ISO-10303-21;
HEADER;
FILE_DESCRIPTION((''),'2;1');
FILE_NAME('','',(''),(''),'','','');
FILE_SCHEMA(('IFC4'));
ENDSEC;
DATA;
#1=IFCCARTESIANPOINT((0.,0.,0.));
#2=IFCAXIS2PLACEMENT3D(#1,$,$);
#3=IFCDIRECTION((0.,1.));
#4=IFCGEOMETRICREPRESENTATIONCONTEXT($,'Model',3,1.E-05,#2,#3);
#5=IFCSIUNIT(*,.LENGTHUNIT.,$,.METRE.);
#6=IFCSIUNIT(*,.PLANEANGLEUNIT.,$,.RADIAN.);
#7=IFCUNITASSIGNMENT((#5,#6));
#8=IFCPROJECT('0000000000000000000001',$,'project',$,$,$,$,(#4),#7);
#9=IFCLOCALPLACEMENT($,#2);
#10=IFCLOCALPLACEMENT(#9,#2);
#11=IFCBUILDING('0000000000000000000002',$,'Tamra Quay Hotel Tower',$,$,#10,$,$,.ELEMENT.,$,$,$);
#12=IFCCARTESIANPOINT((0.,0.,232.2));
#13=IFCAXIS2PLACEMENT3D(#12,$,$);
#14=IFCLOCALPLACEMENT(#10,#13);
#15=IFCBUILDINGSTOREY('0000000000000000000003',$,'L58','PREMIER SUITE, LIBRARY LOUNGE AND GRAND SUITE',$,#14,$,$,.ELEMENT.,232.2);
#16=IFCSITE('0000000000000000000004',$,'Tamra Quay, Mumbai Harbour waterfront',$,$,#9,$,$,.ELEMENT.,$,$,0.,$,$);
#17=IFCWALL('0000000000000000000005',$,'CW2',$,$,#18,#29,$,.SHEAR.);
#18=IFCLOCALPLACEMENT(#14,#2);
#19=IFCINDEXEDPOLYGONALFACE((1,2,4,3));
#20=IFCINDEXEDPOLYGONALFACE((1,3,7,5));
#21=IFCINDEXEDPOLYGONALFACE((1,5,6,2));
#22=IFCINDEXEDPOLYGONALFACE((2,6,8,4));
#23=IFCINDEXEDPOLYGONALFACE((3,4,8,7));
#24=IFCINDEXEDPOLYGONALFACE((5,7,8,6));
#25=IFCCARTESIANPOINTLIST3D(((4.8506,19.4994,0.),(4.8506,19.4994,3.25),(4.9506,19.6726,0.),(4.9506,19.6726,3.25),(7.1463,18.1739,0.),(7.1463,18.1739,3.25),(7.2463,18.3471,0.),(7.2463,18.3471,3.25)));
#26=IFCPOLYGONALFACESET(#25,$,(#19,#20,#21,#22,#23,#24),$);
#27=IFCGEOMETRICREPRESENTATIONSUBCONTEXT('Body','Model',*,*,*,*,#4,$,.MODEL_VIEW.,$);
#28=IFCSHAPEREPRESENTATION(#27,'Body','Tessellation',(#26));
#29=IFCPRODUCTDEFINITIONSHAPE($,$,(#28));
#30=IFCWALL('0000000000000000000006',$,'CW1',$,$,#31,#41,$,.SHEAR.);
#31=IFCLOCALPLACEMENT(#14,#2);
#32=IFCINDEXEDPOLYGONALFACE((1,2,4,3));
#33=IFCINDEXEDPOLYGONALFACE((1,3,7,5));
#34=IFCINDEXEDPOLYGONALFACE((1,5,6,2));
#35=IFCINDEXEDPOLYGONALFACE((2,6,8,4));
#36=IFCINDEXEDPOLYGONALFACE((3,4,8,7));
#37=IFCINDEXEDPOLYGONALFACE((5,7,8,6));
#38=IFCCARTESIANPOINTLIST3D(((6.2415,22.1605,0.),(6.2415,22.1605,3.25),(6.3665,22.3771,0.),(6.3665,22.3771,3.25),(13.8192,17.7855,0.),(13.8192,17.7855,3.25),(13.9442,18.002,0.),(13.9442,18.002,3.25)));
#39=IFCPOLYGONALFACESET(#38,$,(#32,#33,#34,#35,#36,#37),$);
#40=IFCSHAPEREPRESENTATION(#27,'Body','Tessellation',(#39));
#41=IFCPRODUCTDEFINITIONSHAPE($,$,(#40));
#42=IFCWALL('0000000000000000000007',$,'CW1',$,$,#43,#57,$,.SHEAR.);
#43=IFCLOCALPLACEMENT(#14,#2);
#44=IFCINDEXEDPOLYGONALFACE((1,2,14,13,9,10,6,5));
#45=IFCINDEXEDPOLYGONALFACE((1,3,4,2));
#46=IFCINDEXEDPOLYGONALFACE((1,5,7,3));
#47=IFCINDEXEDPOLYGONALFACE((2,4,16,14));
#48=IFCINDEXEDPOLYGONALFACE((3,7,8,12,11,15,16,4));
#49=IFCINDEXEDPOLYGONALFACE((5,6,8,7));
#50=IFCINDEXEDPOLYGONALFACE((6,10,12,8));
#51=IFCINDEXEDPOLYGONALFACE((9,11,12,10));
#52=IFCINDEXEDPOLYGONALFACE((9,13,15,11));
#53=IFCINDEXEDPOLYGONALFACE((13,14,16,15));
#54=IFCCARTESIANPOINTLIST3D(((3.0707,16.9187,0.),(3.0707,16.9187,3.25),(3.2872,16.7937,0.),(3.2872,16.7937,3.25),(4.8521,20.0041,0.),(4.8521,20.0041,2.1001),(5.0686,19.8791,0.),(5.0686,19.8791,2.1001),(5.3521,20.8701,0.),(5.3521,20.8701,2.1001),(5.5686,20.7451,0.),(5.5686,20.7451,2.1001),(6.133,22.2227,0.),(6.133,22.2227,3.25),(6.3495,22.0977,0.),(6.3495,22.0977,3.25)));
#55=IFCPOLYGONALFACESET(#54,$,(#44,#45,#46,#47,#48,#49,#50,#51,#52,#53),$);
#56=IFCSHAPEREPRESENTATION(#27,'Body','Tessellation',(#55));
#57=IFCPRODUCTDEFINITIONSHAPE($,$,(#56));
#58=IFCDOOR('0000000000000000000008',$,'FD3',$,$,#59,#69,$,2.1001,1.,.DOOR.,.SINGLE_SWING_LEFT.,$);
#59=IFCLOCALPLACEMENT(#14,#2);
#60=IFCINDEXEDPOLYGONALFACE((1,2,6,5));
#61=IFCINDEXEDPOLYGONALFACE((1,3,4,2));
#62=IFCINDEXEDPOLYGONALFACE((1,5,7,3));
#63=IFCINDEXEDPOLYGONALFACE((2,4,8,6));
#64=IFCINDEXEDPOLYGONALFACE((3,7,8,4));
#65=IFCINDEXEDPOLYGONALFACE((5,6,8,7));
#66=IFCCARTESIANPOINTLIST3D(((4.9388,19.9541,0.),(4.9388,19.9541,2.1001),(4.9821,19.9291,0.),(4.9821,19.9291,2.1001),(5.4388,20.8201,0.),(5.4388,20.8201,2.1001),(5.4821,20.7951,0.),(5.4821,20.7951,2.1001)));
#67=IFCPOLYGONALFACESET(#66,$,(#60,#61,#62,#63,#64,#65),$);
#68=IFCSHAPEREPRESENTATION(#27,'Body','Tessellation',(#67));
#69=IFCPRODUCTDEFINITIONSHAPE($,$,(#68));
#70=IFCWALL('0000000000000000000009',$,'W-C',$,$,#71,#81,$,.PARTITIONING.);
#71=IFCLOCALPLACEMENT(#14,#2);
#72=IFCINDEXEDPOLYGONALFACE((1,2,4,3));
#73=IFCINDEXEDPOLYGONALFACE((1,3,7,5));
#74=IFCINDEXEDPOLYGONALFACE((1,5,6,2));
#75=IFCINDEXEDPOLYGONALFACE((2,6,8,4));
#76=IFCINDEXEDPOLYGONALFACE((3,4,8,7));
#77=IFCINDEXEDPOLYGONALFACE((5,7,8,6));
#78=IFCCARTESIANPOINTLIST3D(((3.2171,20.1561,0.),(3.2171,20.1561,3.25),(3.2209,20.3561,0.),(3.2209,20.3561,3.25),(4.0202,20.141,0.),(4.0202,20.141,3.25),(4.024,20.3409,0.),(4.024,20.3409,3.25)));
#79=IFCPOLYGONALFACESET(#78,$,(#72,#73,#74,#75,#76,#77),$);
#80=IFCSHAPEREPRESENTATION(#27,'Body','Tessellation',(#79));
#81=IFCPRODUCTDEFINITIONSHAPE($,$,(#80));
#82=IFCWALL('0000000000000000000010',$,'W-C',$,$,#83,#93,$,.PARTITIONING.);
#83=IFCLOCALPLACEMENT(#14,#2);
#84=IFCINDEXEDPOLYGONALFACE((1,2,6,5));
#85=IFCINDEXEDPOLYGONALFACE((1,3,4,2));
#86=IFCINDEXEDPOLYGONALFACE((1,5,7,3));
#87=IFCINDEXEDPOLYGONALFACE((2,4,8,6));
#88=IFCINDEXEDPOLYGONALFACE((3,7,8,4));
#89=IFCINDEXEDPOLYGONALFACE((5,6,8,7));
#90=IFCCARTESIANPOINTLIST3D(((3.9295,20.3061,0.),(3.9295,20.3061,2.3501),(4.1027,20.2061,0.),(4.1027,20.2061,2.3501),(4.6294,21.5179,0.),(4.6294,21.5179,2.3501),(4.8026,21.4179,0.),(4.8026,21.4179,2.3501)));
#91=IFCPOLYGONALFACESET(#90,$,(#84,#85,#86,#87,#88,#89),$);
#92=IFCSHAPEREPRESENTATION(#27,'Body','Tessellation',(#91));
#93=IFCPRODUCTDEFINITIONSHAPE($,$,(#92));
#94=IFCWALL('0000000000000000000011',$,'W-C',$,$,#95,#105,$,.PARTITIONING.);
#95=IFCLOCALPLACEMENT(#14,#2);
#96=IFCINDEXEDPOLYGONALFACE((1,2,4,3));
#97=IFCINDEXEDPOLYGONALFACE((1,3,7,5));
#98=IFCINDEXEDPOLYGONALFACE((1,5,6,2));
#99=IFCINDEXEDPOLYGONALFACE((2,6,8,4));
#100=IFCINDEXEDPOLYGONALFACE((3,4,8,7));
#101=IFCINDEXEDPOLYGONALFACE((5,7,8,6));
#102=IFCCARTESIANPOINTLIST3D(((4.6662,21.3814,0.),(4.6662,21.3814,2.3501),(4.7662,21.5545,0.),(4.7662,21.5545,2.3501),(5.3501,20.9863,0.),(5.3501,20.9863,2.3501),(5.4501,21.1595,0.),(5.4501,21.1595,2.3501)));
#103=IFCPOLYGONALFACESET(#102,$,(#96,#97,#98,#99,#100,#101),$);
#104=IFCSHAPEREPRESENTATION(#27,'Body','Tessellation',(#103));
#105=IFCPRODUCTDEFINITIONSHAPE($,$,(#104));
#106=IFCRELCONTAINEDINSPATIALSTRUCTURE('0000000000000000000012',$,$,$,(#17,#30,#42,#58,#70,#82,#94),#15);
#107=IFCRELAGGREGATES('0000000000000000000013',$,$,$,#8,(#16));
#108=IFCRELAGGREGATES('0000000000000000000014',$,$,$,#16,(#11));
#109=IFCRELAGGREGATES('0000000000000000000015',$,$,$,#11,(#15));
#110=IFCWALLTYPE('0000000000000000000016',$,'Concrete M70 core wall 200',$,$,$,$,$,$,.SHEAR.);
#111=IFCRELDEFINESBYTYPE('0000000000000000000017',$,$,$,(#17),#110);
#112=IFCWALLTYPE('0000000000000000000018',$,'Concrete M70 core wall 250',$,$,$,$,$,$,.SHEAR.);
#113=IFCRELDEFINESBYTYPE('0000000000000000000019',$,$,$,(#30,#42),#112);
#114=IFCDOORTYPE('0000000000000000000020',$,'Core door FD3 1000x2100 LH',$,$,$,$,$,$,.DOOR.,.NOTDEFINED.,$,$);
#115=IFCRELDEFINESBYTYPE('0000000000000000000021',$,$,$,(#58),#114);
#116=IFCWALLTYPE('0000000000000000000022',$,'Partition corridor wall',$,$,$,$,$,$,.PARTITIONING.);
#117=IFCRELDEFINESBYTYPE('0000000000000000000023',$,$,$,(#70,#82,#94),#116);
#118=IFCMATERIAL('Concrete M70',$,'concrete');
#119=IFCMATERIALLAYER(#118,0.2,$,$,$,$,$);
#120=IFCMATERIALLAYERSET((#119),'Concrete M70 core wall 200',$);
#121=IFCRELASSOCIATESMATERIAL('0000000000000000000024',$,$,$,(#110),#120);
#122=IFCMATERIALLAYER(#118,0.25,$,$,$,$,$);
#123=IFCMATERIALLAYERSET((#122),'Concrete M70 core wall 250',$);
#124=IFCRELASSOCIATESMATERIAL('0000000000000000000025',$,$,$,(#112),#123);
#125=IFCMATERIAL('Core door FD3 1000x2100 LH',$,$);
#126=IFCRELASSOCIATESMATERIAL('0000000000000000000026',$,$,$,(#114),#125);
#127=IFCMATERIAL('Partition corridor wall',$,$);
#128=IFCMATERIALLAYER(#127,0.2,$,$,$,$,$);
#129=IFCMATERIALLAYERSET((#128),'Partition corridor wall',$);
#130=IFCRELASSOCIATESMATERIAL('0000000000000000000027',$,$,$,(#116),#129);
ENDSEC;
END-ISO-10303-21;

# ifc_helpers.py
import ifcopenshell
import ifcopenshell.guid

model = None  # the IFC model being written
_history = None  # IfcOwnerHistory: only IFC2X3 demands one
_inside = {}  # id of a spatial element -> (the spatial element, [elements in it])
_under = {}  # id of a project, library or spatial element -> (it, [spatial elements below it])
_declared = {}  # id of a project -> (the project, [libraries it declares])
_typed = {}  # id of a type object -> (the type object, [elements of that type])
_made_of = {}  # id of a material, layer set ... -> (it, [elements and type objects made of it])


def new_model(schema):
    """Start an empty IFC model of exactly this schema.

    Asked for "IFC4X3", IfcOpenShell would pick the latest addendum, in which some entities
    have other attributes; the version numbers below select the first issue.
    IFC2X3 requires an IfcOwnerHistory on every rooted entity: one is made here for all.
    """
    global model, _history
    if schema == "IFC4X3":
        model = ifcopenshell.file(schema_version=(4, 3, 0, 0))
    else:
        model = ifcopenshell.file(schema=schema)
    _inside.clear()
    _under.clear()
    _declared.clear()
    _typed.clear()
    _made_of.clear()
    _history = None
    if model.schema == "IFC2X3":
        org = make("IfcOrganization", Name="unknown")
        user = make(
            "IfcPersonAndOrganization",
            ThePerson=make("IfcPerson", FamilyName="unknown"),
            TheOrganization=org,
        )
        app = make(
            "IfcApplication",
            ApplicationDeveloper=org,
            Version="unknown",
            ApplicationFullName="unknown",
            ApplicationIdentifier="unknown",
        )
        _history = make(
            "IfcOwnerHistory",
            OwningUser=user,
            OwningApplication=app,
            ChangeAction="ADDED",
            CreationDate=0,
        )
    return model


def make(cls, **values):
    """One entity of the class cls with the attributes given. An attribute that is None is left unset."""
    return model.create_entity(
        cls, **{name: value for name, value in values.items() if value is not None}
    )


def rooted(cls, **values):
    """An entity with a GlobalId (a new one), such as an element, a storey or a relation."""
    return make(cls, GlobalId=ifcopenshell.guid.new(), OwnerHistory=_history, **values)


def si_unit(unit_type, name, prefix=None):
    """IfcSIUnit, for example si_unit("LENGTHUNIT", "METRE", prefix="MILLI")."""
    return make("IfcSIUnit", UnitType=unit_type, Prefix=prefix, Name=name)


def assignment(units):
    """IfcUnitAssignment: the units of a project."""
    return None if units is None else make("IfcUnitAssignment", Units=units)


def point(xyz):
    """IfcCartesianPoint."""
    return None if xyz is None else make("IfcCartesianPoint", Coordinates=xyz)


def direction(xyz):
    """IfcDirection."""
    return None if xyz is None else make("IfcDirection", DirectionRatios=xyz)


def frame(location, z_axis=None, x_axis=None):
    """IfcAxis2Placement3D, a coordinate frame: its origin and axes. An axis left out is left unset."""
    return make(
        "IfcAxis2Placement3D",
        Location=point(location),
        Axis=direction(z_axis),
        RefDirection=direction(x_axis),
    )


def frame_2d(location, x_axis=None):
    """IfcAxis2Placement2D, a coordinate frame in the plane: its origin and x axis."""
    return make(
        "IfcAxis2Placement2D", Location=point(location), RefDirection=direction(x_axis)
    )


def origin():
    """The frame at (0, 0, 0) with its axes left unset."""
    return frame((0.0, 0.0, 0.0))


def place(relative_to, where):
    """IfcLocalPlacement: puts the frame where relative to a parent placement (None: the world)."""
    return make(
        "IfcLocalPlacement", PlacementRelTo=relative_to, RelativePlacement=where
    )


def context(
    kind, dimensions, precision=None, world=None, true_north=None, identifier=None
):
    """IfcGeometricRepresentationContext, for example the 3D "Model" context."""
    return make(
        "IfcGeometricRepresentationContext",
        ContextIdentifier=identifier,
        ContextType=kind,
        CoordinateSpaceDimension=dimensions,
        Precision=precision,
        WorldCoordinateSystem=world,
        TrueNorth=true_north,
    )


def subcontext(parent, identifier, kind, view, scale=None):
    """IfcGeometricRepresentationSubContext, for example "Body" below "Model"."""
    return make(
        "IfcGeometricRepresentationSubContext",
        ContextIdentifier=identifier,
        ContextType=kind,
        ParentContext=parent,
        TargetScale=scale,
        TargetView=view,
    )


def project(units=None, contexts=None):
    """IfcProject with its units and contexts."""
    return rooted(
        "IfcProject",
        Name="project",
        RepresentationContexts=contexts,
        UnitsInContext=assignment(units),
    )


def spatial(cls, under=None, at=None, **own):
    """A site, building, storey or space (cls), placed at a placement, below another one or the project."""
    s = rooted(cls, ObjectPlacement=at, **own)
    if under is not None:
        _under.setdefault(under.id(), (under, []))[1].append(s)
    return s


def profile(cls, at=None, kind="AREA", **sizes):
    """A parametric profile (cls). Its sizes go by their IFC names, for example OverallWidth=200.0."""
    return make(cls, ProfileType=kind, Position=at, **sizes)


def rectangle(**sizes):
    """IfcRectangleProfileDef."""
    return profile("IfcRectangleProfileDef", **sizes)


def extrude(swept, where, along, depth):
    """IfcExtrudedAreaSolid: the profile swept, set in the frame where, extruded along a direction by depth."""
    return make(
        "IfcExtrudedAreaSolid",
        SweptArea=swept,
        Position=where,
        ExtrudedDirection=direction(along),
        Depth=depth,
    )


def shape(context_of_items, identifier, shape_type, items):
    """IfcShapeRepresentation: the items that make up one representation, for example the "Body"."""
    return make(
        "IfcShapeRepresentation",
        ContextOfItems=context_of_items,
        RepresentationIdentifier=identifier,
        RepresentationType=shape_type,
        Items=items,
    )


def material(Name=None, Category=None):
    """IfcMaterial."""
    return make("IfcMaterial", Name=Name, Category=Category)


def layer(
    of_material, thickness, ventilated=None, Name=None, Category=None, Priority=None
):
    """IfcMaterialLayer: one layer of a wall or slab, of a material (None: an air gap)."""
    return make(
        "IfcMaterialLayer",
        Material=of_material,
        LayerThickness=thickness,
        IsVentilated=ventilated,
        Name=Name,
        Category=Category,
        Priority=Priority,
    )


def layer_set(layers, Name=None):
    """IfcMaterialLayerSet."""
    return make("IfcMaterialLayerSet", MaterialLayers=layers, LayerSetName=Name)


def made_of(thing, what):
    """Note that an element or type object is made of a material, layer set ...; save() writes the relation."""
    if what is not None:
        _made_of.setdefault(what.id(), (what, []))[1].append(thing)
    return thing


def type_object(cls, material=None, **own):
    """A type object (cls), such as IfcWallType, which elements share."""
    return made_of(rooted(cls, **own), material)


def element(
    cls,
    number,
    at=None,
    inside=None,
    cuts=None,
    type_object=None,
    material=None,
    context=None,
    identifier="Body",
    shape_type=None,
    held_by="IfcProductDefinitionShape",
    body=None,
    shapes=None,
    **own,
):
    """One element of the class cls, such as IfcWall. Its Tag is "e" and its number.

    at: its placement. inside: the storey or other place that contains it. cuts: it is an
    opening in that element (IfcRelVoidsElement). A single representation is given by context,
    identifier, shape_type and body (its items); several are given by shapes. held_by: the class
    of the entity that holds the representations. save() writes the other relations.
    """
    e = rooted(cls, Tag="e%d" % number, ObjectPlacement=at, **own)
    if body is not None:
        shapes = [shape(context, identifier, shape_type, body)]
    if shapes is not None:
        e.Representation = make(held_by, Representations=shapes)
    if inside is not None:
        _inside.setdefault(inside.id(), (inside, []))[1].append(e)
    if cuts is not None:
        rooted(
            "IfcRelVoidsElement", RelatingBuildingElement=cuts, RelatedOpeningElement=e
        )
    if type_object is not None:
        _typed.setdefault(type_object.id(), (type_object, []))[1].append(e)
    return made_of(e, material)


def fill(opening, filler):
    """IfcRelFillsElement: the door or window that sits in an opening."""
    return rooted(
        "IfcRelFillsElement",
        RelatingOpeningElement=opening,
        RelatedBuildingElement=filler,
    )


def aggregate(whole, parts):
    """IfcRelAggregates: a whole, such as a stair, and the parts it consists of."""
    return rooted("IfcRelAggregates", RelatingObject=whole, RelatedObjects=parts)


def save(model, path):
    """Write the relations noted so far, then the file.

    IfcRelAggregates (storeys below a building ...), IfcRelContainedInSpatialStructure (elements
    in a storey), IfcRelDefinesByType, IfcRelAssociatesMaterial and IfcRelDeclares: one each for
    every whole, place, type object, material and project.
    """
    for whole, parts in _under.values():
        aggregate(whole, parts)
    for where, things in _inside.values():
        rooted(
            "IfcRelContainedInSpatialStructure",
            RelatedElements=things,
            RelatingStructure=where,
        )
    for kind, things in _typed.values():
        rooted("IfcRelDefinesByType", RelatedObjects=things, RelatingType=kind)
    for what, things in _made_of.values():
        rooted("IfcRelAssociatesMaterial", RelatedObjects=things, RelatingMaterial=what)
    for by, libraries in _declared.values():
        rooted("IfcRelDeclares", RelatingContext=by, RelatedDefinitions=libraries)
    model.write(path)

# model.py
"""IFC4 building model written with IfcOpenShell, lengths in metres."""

from ifc_helpers import new_model, si_unit, direction, frame, frame_2d, origin, place, context, subcontext, project, spatial, rectangle, extrude, material, layer, layer_set, type_object, element, fill, save


model = new_model("IFC4")

# Units and contexts
model_context = context("Model", 3, precision=1e-05, world=origin(), true_north=direction((0.0, 1.0)))
body_context = subcontext(model_context, "Body", "Model", "MODEL_VIEW")
ifc_project = project(units=[si_unit("LENGTHUNIT", "METRE"), si_unit("PLANEANGLEUNIT", "RADIAN")], contexts=[model_context])

# Site, building, storey
site_placement = place(None, origin())
site = spatial("IfcSite", under=ifc_project, at=site_placement, Name="Tamra Quay, Mumbai Harbour waterfront", CompositionType="ELEMENT", RefElevation=0.0)
building_placement = place(site_placement, origin())
building = spatial("IfcBuilding", under=site, at=building_placement, Name="Tamra Quay Hotel Tower", CompositionType="ELEMENT")
storey_placement = place(building_placement, frame((0.0, 0.0, 232.2)))
storey = spatial("IfcBuildingStorey", under=building, at=storey_placement, Name="L58", Description="PREMIER SUITE, LIBRARY LOUNGE AND GRAND SUITE", CompositionType="ELEMENT", Elevation=232.2)

# Shared definitions
ifc_material_1 = material(Name="Concrete M70", Category="concrete")

# Shared definitions
ifc_layer_1 = layer(ifc_material_1, 0.2)
ifc_layer_set_1 = layer_set([ifc_layer_1], Name="Concrete M70 core wall 200")
wall_type_1 = type_object("IfcWallType", Name="Concrete M70 core wall 200", PredefinedType="SHEAR", material=ifc_layer_set_1)

# Walls
wall_1_placement = place(storey_placement, frame((7.1963, 18.2605, 0.0), z_axis=(0.0, 0.0, 1.0), x_axis=(-0.866018, 0.500012, 0.0)))
element("IfcWall", 1, at=wall_1_placement, inside=storey, type_object=wall_type_1, Name="CW2", PredefinedType="SHEAR", context=body_context, shape_type="SweptSolid", body=[
    extrude(rectangle(XDim=2.6509, YDim=0.2, at=frame_2d((1.3254, 0.0))), origin(), (0.0, 0.0, 1.0), 3.25),
])
ifc_layer_2 = layer(ifc_material_1, 0.25)
ifc_layer_set_2 = layer_set([ifc_layer_2], Name="Concrete M70 core wall 250")
wall_type_2 = type_object("IfcWallType", Name="Concrete M70 core wall 250", PredefinedType="SHEAR", material=ifc_layer_set_2)
wall_2_placement = place(storey_placement, frame((6.304, 22.2688, 0.0), z_axis=(0.0, 0.0, 1.0), x_axis=(0.866023, -0.500004, 0.0)))
element("IfcWall", 2, at=wall_2_placement, inside=storey, type_object=wall_type_2, Name="CW1", PredefinedType="SHEAR", context=body_context, shape_type="SweptSolid", body=[
    extrude(rectangle(XDim=8.75, YDim=0.25, at=frame_2d((4.375, 0.0))), origin(), (0.0, 0.0, 1.0), 3.25),
])

# Wall, opening, door
wall_3_placement = place(storey_placement, frame((3.179, 16.8562, 0.0), z_axis=(0.0, 0.0, 1.0), x_axis=(0.500002, 0.866024, 0.0)))
wall_3 = element("IfcWall", 3, at=wall_3_placement, inside=storey, type_object=wall_type_2, Name="CW1", PredefinedType="SHEAR", context=body_context, shape_type="SweptSolid", body=[
    extrude(rectangle(XDim=6.1245, YDim=0.25, at=frame_2d((3.0623, 0.0))), origin(), (0.0, 0.0, 1.0), 3.25),
])
opening_1_placement = place(wall_3_placement, frame((3.5627, 0.0, 0.0)))
opening_1 = element("IfcOpeningElement", 4, at=opening_1_placement, cuts=wall_3, PredefinedType="OPENING", context=body_context, shape_type="SweptSolid", body=[
    extrude(rectangle(XDim=1.0, YDim=2.1001, at=frame_2d((0.5, 1.05))), frame((0.0, 0.135, 0.0), z_axis=(0.0, -1.0, 0.0), x_axis=(1.0, 0.0, 0.0)), (0.0, 0.0, 1.0), 0.27),
])
ifc_material_2 = material(Name="Core door FD3 1000x2100 LH")
door_type_1 = type_object("IfcDoorType", Name="Core door FD3 1000x2100 LH", OperationType="NOTDEFINED", PredefinedType="DOOR", material=ifc_material_2)
door_1_placement = place(opening_1_placement, origin())
door_1 = element("IfcDoor", 5, at=door_1_placement, inside=storey, type_object=door_type_1, Name="FD3", OperationType="SINGLE_SWING_LEFT", OverallHeight=2.1001, OverallWidth=1.0, PredefinedType="DOOR", context=body_context, shape_type="SweptSolid", body=[
    extrude(rectangle(XDim=1.0, YDim=2.1001, at=frame_2d((0.5, 1.05))), frame((0.0, 0.0249, 0.0), z_axis=(0.0, -1.0, 0.0), x_axis=(1.0, 0.0, 0.0)), (0.0, 0.0, 1.0), 0.05),
])
fill(opening_1, door_1)

# Walls
ifc_material_3 = material(Name="Partition corridor wall")
ifc_layer_3 = layer(ifc_material_3, 0.2)
ifc_layer_set_3 = layer_set([ifc_layer_3], Name="Partition corridor wall")
wall_type_3 = type_object("IfcWallType", Name="Partition corridor wall", PredefinedType="PARTITIONING", material=ifc_layer_set_3)
wall_4_placement = place(storey_placement, frame((3.219, 20.2561, 0.0), z_axis=(0.0, 0.0, 1.0), x_axis=(0.999822, -0.018847, 0.0)))
element("IfcWall", 6, at=wall_4_placement, inside=storey, type_object=wall_type_3, Name="W-C", PredefinedType="PARTITIONING", context=body_context, shape_type="SweptSolid", body=[
    extrude(rectangle(XDim=0.8032, YDim=0.2, at=frame_2d((0.4016, 0.0))), origin(), (0.0, 0.0, 1.0), 3.25),
])
wall_5_placement = place(storey_placement, frame((4.0161, 20.2561, 0.0), z_axis=(0.0, 0.0, 1.0), x_axis=(0.500135, 0.865947, 0.0)))
element("IfcWall", 7, at=wall_5_placement, inside=storey, type_object=wall_type_3, Name="W-C", PredefinedType="PARTITIONING", context=body_context, shape_type="SweptSolid", body=[
    extrude(rectangle(XDim=1.3994, YDim=0.2, at=frame_2d((0.6997, 0.0))), origin(), (0.0, 0.0, 1.0), 2.3501),
])
wall_6_placement = place(storey_placement, frame((4.7161, 21.468, 0.0), z_axis=(0.0, 0.0, 1.0), x_axis=(0.865913, -0.500195, 0.0)))
element("IfcWall", 8, at=wall_6_placement, inside=storey, type_object=wall_type_3, Name="W-C", PredefinedType="PARTITIONING", context=body_context, shape_type="SweptSolid", body=[
    extrude(rectangle(XDim=0.7898, YDim=0.2, at=frame_2d((0.395, 0.0))), origin(), (0.0, 0.0, 1.0), 2.3501),
])

save(model, "model.ifc")
